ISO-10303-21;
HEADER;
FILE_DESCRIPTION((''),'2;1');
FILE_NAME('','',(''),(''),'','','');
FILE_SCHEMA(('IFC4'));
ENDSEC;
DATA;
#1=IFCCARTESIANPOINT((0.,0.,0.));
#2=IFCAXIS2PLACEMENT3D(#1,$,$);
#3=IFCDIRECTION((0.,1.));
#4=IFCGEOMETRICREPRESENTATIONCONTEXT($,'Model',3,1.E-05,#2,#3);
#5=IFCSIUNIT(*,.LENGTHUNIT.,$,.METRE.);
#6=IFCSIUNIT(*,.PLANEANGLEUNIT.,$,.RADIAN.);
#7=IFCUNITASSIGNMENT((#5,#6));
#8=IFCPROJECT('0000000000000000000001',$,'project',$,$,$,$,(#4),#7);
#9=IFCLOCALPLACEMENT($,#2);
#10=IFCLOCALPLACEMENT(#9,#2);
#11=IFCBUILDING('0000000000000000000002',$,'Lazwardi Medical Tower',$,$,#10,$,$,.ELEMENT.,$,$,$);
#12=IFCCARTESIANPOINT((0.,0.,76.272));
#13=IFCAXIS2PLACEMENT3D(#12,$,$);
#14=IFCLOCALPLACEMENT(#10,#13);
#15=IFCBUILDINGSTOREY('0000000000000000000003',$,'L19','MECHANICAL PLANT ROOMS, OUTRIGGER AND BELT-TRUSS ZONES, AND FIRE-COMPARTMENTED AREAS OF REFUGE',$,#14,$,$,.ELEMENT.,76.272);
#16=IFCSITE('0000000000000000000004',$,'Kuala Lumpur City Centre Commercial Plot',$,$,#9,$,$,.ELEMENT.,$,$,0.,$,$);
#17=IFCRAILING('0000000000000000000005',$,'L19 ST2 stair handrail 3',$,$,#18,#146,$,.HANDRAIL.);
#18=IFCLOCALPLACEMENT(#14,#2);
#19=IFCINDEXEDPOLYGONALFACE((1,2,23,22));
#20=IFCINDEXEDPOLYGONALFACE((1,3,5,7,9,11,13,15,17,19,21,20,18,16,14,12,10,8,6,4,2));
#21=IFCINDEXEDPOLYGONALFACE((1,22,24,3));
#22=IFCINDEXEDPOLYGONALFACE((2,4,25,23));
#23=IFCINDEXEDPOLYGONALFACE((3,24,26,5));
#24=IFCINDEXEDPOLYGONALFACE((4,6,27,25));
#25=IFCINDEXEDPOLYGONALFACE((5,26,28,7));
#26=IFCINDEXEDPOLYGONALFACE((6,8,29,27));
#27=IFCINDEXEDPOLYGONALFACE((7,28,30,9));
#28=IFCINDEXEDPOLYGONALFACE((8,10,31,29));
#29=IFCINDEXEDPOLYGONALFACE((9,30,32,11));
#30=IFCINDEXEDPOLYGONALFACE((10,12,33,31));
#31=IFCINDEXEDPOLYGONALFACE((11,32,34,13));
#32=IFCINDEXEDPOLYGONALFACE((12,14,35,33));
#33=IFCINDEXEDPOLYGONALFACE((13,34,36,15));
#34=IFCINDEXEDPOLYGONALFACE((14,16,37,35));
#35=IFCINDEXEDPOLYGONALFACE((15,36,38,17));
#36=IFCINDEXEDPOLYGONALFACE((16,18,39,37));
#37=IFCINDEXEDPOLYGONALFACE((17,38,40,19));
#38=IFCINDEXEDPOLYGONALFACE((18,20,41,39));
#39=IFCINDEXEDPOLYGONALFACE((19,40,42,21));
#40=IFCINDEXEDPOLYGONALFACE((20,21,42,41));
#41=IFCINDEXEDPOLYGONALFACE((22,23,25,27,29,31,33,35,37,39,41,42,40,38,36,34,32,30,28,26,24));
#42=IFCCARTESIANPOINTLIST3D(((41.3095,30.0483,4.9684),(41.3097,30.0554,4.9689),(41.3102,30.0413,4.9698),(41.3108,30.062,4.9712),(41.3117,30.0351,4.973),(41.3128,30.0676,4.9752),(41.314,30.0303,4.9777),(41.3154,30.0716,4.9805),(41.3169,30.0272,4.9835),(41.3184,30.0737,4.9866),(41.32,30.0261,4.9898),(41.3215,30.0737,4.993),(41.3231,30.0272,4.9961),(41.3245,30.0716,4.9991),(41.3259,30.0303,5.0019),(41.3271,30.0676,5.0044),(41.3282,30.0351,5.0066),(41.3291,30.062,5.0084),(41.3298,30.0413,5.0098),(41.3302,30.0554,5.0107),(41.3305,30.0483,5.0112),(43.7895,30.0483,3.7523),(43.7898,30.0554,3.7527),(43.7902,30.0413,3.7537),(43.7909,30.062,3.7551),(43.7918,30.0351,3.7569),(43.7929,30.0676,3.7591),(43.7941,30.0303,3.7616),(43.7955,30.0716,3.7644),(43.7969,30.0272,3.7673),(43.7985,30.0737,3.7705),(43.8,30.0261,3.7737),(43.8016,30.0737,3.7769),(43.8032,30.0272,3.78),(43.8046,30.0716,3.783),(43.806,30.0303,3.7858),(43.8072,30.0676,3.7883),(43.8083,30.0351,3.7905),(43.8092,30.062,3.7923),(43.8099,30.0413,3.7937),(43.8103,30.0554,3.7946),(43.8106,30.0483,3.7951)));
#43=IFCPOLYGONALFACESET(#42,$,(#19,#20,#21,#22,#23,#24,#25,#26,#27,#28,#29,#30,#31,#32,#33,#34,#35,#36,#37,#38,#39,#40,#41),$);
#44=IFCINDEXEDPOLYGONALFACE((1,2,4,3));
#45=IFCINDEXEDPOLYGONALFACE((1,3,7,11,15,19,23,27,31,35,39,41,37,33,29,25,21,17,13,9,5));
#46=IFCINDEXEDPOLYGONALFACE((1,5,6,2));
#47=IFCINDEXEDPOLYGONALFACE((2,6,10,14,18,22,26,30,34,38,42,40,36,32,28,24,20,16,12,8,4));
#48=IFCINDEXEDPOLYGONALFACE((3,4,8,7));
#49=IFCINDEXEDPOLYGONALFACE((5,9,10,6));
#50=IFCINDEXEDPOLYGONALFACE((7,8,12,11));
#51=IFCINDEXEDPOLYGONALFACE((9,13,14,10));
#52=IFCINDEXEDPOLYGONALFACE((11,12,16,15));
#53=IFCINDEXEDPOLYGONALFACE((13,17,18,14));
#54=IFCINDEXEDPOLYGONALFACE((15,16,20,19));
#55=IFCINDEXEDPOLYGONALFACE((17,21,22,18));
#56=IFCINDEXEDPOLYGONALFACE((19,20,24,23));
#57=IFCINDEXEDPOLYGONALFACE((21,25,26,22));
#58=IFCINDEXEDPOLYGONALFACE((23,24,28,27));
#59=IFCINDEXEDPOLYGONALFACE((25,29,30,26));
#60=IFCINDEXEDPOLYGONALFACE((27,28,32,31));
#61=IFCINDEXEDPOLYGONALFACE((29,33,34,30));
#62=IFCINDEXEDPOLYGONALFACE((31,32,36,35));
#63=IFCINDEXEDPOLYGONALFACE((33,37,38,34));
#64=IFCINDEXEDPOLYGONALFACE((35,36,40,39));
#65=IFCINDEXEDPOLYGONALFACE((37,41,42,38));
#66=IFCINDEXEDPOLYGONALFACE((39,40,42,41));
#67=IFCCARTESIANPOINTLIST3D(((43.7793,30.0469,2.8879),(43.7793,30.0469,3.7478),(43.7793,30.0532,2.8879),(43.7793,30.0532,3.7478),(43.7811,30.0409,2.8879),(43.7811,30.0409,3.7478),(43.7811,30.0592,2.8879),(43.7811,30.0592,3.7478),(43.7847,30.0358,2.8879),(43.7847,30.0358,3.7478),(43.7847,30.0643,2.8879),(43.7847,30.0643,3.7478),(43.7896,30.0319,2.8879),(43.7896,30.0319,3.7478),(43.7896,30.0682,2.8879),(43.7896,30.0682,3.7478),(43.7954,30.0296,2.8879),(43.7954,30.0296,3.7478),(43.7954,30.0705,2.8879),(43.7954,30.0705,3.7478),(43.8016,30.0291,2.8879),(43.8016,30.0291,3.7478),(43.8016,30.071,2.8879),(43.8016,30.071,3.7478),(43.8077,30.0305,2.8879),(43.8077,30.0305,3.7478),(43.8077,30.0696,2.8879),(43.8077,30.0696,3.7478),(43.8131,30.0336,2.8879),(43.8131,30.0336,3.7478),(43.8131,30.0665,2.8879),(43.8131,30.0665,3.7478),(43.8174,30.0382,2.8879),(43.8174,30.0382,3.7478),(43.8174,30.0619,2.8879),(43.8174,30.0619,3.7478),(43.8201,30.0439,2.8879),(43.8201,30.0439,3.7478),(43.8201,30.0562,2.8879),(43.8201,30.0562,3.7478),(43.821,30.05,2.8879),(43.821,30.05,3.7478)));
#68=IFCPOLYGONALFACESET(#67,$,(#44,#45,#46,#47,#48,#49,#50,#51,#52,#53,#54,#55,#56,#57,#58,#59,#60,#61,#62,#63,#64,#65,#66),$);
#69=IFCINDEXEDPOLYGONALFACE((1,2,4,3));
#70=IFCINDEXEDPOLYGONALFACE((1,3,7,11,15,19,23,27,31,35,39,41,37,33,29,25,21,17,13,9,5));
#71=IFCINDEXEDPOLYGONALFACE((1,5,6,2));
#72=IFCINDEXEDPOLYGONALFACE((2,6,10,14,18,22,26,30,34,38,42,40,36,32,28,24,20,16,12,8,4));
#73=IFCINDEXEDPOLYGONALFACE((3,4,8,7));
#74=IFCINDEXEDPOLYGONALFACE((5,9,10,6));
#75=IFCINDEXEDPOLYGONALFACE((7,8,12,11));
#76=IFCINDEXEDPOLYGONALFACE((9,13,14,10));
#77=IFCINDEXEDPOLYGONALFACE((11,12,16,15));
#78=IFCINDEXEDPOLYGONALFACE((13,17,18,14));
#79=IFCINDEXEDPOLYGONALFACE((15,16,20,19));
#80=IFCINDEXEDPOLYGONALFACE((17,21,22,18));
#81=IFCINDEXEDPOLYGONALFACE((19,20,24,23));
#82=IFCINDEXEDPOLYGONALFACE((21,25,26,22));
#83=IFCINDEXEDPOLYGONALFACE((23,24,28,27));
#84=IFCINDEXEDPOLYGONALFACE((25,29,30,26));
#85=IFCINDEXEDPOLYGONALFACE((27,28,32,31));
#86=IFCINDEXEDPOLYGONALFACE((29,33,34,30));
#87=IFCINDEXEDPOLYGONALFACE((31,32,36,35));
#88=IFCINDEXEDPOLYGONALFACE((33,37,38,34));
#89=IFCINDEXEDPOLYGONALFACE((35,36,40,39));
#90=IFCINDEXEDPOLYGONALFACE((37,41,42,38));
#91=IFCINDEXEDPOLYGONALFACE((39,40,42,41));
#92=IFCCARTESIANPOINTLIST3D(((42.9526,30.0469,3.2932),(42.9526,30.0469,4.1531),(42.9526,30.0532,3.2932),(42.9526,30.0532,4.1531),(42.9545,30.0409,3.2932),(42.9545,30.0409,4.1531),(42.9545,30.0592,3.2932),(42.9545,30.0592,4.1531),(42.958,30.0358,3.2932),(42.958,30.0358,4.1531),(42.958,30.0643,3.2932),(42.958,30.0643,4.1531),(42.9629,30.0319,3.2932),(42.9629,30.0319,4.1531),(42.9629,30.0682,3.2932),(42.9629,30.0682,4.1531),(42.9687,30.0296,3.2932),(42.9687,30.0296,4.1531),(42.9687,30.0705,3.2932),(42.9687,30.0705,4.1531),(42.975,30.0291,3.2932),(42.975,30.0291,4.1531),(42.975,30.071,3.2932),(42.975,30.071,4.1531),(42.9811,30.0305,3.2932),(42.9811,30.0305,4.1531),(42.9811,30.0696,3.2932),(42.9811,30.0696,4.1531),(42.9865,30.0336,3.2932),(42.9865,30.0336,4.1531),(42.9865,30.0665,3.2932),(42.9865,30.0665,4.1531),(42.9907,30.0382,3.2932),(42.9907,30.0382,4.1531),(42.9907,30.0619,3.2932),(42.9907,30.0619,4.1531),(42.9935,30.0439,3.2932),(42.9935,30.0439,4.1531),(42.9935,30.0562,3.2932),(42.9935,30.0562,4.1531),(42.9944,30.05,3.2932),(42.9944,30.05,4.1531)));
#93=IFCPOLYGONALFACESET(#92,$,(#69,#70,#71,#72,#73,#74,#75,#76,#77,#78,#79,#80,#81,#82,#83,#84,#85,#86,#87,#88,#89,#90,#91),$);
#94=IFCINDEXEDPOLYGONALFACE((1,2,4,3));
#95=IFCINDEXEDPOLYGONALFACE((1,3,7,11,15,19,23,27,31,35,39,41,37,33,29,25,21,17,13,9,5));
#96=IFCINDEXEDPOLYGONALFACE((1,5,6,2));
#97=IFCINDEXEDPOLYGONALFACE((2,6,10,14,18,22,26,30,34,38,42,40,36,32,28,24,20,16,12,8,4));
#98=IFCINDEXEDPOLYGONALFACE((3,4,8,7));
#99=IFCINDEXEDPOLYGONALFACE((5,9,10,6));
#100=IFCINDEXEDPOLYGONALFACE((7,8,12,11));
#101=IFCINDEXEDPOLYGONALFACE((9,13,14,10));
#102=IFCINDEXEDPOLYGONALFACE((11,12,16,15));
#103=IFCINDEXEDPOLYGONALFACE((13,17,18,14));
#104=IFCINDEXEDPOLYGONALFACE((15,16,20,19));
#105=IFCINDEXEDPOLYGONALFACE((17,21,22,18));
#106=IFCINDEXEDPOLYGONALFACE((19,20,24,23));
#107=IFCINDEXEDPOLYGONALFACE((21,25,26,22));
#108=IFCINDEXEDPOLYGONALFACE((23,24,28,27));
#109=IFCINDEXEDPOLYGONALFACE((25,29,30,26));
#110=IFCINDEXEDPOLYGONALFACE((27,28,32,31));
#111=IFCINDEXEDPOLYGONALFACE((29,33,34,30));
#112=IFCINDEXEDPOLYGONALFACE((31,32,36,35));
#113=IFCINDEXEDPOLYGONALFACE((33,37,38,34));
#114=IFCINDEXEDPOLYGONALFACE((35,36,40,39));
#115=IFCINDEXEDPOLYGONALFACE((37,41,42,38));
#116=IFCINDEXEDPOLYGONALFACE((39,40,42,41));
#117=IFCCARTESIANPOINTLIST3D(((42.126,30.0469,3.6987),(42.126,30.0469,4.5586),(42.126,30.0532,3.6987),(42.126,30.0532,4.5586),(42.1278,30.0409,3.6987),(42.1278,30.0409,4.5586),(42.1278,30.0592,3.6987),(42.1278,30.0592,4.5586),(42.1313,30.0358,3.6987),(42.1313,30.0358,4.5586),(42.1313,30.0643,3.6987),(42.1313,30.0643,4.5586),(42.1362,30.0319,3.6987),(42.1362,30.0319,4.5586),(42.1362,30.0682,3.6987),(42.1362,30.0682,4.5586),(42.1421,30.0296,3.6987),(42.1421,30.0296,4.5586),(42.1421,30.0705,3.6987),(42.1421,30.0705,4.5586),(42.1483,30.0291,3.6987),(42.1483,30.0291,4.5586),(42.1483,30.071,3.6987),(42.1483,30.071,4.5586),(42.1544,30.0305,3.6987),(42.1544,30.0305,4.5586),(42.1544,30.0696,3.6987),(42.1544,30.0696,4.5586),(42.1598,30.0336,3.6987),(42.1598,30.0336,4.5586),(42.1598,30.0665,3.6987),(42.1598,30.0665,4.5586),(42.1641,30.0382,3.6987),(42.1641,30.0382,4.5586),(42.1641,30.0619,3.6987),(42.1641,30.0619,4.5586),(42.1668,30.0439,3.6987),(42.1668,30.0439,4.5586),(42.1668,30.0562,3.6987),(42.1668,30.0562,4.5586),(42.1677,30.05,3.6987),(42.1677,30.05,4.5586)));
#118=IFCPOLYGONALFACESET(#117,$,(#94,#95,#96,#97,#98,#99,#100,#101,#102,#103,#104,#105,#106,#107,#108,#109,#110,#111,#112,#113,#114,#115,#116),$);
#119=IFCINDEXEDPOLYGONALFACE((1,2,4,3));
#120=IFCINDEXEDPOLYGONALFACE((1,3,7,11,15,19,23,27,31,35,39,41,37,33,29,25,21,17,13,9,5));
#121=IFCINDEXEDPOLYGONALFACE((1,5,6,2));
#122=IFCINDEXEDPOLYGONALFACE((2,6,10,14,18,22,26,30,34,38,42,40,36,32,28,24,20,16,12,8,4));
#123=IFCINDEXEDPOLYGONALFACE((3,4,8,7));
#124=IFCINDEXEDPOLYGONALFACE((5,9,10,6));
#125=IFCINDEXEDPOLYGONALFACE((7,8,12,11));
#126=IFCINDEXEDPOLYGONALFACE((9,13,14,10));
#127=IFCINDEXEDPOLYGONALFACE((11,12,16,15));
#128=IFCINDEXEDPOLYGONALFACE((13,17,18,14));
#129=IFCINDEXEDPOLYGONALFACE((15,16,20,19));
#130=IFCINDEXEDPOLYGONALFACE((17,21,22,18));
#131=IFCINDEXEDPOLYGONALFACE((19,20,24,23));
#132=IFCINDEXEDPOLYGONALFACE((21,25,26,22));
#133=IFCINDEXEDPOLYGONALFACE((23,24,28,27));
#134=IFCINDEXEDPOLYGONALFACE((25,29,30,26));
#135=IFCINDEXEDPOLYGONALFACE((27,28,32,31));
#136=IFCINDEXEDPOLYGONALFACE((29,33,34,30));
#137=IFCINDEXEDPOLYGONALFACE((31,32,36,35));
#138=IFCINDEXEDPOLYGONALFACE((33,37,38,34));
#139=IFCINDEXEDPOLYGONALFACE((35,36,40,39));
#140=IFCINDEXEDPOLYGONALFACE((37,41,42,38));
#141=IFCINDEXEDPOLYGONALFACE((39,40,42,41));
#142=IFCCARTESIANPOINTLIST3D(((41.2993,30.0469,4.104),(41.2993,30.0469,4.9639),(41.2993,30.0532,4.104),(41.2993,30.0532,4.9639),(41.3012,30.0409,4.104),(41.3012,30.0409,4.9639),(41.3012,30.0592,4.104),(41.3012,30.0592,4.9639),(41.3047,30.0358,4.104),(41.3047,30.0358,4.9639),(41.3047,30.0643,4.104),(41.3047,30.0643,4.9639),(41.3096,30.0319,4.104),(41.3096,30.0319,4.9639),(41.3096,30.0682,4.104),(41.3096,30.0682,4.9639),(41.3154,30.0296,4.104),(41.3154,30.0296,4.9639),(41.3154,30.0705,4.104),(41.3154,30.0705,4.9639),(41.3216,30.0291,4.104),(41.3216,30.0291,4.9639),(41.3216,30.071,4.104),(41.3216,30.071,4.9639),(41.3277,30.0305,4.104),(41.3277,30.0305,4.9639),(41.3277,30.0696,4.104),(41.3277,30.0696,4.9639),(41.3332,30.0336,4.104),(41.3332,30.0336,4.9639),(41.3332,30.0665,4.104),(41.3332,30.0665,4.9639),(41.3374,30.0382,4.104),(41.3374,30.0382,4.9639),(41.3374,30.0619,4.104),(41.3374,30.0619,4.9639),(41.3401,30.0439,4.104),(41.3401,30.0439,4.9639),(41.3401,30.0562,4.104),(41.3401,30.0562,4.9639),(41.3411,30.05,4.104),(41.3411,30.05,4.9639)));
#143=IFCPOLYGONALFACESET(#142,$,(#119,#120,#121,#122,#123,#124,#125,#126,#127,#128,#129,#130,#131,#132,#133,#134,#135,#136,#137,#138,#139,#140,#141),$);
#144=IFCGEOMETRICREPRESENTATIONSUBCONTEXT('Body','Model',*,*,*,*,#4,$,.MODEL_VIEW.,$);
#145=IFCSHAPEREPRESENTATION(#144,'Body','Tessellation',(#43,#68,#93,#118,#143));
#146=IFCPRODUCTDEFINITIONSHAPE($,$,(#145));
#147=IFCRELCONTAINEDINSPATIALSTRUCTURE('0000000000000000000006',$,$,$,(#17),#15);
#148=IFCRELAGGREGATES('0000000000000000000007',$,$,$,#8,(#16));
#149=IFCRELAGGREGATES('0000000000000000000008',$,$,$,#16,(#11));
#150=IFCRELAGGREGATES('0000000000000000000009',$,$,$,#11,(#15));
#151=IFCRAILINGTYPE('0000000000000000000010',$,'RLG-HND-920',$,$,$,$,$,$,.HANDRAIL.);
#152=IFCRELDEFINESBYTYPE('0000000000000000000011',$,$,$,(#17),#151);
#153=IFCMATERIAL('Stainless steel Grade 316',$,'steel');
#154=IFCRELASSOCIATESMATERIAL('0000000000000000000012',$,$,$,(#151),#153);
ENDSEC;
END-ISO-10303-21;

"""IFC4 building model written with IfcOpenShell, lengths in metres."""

from ifc_helpers import new_model, si_unit, direction, frame, origin, origin_2d, place, context, subcontext, project, spatial, circle, extrude, material, type_object, element, save


model = new_model("IFC4")

# Units and contexts
model_context = context("Model", 3, precision=1e-05, world=origin(), true_north=direction((0.0, 1.0)))
body_context = subcontext(model_context, "Body", "Model", "MODEL_VIEW")
ifc_project = project(units=[si_unit("LENGTHUNIT", "METRE"), si_unit("PLANEANGLEUNIT", "RADIAN")], contexts=[model_context])

# Site, building, storey
site_placement = place(None, origin())
site = spatial("IfcSite", under=ifc_project, at=site_placement, Name="Kuala Lumpur City Centre Commercial Plot", CompositionType="ELEMENT", RefElevation=0.0)
building_placement = place(site_placement, origin())
building = spatial("IfcBuilding", under=site, at=building_placement, Name="Lazwardi Medical Tower", CompositionType="ELEMENT")
storey_placement = place(building_placement, frame((0.0, 0.0, 76.272)))
storey = spatial("IfcBuildingStorey", under=building, at=storey_placement, Name="L19", Description="MECHANICAL PLANT ROOMS, OUTRIGGER AND BELT-TRUSS ZONES, AND FIRE-COMPARTMENTED AREAS OF REFUGE", CompositionType="ELEMENT", Elevation=76.272)

# Railing
ifc_material_1 = material(Name="Stainless steel Grade 316", Category="steel")
railing_type_1 = type_object("IfcRailingType", Name="RLG-HND-920", PredefinedType="HANDRAIL", material=ifc_material_1)
railing_1_placement = place(storey_placement, frame((43.8, 30.05, 2.8879)))
element("IfcRailing", 1, at=railing_1_placement, inside=storey, type_object=railing_type_1, Name="L19 ST2 stair handrail 3", PredefinedType="HANDRAIL", context=body_context, shape_type="SweptSolid", body=[
    extrude(circle(Radius=0.0239, at=origin_2d()), frame((0.0, 0.0, 0.8857), z_axis=(-0.897865, 0.0, 0.44027), x_axis=(0.0, -1.0, 0.0)), (0.0, 0.0, 1.0), 2.7622),
    extrude(circle(Radius=0.021, at=origin_2d()), origin(), (0.0, 0.0, 1.0), 0.8599),
    extrude(circle(Radius=0.021, at=origin_2d()), frame((-0.8267, 0.0, 0.4053)), (0.0, 0.0, 1.0), 0.8599),
    extrude(circle(Radius=0.021, at=origin_2d()), frame((-1.6533, 0.0, 0.8108)), (0.0, 0.0, 1.0), 0.8599),
    extrude(circle(Radius=0.021, at=origin_2d()), frame((-2.48, 0.0, 1.2161)), (0.0, 0.0, 1.0), 0.8599),
])

save(model, "model.ifc")
